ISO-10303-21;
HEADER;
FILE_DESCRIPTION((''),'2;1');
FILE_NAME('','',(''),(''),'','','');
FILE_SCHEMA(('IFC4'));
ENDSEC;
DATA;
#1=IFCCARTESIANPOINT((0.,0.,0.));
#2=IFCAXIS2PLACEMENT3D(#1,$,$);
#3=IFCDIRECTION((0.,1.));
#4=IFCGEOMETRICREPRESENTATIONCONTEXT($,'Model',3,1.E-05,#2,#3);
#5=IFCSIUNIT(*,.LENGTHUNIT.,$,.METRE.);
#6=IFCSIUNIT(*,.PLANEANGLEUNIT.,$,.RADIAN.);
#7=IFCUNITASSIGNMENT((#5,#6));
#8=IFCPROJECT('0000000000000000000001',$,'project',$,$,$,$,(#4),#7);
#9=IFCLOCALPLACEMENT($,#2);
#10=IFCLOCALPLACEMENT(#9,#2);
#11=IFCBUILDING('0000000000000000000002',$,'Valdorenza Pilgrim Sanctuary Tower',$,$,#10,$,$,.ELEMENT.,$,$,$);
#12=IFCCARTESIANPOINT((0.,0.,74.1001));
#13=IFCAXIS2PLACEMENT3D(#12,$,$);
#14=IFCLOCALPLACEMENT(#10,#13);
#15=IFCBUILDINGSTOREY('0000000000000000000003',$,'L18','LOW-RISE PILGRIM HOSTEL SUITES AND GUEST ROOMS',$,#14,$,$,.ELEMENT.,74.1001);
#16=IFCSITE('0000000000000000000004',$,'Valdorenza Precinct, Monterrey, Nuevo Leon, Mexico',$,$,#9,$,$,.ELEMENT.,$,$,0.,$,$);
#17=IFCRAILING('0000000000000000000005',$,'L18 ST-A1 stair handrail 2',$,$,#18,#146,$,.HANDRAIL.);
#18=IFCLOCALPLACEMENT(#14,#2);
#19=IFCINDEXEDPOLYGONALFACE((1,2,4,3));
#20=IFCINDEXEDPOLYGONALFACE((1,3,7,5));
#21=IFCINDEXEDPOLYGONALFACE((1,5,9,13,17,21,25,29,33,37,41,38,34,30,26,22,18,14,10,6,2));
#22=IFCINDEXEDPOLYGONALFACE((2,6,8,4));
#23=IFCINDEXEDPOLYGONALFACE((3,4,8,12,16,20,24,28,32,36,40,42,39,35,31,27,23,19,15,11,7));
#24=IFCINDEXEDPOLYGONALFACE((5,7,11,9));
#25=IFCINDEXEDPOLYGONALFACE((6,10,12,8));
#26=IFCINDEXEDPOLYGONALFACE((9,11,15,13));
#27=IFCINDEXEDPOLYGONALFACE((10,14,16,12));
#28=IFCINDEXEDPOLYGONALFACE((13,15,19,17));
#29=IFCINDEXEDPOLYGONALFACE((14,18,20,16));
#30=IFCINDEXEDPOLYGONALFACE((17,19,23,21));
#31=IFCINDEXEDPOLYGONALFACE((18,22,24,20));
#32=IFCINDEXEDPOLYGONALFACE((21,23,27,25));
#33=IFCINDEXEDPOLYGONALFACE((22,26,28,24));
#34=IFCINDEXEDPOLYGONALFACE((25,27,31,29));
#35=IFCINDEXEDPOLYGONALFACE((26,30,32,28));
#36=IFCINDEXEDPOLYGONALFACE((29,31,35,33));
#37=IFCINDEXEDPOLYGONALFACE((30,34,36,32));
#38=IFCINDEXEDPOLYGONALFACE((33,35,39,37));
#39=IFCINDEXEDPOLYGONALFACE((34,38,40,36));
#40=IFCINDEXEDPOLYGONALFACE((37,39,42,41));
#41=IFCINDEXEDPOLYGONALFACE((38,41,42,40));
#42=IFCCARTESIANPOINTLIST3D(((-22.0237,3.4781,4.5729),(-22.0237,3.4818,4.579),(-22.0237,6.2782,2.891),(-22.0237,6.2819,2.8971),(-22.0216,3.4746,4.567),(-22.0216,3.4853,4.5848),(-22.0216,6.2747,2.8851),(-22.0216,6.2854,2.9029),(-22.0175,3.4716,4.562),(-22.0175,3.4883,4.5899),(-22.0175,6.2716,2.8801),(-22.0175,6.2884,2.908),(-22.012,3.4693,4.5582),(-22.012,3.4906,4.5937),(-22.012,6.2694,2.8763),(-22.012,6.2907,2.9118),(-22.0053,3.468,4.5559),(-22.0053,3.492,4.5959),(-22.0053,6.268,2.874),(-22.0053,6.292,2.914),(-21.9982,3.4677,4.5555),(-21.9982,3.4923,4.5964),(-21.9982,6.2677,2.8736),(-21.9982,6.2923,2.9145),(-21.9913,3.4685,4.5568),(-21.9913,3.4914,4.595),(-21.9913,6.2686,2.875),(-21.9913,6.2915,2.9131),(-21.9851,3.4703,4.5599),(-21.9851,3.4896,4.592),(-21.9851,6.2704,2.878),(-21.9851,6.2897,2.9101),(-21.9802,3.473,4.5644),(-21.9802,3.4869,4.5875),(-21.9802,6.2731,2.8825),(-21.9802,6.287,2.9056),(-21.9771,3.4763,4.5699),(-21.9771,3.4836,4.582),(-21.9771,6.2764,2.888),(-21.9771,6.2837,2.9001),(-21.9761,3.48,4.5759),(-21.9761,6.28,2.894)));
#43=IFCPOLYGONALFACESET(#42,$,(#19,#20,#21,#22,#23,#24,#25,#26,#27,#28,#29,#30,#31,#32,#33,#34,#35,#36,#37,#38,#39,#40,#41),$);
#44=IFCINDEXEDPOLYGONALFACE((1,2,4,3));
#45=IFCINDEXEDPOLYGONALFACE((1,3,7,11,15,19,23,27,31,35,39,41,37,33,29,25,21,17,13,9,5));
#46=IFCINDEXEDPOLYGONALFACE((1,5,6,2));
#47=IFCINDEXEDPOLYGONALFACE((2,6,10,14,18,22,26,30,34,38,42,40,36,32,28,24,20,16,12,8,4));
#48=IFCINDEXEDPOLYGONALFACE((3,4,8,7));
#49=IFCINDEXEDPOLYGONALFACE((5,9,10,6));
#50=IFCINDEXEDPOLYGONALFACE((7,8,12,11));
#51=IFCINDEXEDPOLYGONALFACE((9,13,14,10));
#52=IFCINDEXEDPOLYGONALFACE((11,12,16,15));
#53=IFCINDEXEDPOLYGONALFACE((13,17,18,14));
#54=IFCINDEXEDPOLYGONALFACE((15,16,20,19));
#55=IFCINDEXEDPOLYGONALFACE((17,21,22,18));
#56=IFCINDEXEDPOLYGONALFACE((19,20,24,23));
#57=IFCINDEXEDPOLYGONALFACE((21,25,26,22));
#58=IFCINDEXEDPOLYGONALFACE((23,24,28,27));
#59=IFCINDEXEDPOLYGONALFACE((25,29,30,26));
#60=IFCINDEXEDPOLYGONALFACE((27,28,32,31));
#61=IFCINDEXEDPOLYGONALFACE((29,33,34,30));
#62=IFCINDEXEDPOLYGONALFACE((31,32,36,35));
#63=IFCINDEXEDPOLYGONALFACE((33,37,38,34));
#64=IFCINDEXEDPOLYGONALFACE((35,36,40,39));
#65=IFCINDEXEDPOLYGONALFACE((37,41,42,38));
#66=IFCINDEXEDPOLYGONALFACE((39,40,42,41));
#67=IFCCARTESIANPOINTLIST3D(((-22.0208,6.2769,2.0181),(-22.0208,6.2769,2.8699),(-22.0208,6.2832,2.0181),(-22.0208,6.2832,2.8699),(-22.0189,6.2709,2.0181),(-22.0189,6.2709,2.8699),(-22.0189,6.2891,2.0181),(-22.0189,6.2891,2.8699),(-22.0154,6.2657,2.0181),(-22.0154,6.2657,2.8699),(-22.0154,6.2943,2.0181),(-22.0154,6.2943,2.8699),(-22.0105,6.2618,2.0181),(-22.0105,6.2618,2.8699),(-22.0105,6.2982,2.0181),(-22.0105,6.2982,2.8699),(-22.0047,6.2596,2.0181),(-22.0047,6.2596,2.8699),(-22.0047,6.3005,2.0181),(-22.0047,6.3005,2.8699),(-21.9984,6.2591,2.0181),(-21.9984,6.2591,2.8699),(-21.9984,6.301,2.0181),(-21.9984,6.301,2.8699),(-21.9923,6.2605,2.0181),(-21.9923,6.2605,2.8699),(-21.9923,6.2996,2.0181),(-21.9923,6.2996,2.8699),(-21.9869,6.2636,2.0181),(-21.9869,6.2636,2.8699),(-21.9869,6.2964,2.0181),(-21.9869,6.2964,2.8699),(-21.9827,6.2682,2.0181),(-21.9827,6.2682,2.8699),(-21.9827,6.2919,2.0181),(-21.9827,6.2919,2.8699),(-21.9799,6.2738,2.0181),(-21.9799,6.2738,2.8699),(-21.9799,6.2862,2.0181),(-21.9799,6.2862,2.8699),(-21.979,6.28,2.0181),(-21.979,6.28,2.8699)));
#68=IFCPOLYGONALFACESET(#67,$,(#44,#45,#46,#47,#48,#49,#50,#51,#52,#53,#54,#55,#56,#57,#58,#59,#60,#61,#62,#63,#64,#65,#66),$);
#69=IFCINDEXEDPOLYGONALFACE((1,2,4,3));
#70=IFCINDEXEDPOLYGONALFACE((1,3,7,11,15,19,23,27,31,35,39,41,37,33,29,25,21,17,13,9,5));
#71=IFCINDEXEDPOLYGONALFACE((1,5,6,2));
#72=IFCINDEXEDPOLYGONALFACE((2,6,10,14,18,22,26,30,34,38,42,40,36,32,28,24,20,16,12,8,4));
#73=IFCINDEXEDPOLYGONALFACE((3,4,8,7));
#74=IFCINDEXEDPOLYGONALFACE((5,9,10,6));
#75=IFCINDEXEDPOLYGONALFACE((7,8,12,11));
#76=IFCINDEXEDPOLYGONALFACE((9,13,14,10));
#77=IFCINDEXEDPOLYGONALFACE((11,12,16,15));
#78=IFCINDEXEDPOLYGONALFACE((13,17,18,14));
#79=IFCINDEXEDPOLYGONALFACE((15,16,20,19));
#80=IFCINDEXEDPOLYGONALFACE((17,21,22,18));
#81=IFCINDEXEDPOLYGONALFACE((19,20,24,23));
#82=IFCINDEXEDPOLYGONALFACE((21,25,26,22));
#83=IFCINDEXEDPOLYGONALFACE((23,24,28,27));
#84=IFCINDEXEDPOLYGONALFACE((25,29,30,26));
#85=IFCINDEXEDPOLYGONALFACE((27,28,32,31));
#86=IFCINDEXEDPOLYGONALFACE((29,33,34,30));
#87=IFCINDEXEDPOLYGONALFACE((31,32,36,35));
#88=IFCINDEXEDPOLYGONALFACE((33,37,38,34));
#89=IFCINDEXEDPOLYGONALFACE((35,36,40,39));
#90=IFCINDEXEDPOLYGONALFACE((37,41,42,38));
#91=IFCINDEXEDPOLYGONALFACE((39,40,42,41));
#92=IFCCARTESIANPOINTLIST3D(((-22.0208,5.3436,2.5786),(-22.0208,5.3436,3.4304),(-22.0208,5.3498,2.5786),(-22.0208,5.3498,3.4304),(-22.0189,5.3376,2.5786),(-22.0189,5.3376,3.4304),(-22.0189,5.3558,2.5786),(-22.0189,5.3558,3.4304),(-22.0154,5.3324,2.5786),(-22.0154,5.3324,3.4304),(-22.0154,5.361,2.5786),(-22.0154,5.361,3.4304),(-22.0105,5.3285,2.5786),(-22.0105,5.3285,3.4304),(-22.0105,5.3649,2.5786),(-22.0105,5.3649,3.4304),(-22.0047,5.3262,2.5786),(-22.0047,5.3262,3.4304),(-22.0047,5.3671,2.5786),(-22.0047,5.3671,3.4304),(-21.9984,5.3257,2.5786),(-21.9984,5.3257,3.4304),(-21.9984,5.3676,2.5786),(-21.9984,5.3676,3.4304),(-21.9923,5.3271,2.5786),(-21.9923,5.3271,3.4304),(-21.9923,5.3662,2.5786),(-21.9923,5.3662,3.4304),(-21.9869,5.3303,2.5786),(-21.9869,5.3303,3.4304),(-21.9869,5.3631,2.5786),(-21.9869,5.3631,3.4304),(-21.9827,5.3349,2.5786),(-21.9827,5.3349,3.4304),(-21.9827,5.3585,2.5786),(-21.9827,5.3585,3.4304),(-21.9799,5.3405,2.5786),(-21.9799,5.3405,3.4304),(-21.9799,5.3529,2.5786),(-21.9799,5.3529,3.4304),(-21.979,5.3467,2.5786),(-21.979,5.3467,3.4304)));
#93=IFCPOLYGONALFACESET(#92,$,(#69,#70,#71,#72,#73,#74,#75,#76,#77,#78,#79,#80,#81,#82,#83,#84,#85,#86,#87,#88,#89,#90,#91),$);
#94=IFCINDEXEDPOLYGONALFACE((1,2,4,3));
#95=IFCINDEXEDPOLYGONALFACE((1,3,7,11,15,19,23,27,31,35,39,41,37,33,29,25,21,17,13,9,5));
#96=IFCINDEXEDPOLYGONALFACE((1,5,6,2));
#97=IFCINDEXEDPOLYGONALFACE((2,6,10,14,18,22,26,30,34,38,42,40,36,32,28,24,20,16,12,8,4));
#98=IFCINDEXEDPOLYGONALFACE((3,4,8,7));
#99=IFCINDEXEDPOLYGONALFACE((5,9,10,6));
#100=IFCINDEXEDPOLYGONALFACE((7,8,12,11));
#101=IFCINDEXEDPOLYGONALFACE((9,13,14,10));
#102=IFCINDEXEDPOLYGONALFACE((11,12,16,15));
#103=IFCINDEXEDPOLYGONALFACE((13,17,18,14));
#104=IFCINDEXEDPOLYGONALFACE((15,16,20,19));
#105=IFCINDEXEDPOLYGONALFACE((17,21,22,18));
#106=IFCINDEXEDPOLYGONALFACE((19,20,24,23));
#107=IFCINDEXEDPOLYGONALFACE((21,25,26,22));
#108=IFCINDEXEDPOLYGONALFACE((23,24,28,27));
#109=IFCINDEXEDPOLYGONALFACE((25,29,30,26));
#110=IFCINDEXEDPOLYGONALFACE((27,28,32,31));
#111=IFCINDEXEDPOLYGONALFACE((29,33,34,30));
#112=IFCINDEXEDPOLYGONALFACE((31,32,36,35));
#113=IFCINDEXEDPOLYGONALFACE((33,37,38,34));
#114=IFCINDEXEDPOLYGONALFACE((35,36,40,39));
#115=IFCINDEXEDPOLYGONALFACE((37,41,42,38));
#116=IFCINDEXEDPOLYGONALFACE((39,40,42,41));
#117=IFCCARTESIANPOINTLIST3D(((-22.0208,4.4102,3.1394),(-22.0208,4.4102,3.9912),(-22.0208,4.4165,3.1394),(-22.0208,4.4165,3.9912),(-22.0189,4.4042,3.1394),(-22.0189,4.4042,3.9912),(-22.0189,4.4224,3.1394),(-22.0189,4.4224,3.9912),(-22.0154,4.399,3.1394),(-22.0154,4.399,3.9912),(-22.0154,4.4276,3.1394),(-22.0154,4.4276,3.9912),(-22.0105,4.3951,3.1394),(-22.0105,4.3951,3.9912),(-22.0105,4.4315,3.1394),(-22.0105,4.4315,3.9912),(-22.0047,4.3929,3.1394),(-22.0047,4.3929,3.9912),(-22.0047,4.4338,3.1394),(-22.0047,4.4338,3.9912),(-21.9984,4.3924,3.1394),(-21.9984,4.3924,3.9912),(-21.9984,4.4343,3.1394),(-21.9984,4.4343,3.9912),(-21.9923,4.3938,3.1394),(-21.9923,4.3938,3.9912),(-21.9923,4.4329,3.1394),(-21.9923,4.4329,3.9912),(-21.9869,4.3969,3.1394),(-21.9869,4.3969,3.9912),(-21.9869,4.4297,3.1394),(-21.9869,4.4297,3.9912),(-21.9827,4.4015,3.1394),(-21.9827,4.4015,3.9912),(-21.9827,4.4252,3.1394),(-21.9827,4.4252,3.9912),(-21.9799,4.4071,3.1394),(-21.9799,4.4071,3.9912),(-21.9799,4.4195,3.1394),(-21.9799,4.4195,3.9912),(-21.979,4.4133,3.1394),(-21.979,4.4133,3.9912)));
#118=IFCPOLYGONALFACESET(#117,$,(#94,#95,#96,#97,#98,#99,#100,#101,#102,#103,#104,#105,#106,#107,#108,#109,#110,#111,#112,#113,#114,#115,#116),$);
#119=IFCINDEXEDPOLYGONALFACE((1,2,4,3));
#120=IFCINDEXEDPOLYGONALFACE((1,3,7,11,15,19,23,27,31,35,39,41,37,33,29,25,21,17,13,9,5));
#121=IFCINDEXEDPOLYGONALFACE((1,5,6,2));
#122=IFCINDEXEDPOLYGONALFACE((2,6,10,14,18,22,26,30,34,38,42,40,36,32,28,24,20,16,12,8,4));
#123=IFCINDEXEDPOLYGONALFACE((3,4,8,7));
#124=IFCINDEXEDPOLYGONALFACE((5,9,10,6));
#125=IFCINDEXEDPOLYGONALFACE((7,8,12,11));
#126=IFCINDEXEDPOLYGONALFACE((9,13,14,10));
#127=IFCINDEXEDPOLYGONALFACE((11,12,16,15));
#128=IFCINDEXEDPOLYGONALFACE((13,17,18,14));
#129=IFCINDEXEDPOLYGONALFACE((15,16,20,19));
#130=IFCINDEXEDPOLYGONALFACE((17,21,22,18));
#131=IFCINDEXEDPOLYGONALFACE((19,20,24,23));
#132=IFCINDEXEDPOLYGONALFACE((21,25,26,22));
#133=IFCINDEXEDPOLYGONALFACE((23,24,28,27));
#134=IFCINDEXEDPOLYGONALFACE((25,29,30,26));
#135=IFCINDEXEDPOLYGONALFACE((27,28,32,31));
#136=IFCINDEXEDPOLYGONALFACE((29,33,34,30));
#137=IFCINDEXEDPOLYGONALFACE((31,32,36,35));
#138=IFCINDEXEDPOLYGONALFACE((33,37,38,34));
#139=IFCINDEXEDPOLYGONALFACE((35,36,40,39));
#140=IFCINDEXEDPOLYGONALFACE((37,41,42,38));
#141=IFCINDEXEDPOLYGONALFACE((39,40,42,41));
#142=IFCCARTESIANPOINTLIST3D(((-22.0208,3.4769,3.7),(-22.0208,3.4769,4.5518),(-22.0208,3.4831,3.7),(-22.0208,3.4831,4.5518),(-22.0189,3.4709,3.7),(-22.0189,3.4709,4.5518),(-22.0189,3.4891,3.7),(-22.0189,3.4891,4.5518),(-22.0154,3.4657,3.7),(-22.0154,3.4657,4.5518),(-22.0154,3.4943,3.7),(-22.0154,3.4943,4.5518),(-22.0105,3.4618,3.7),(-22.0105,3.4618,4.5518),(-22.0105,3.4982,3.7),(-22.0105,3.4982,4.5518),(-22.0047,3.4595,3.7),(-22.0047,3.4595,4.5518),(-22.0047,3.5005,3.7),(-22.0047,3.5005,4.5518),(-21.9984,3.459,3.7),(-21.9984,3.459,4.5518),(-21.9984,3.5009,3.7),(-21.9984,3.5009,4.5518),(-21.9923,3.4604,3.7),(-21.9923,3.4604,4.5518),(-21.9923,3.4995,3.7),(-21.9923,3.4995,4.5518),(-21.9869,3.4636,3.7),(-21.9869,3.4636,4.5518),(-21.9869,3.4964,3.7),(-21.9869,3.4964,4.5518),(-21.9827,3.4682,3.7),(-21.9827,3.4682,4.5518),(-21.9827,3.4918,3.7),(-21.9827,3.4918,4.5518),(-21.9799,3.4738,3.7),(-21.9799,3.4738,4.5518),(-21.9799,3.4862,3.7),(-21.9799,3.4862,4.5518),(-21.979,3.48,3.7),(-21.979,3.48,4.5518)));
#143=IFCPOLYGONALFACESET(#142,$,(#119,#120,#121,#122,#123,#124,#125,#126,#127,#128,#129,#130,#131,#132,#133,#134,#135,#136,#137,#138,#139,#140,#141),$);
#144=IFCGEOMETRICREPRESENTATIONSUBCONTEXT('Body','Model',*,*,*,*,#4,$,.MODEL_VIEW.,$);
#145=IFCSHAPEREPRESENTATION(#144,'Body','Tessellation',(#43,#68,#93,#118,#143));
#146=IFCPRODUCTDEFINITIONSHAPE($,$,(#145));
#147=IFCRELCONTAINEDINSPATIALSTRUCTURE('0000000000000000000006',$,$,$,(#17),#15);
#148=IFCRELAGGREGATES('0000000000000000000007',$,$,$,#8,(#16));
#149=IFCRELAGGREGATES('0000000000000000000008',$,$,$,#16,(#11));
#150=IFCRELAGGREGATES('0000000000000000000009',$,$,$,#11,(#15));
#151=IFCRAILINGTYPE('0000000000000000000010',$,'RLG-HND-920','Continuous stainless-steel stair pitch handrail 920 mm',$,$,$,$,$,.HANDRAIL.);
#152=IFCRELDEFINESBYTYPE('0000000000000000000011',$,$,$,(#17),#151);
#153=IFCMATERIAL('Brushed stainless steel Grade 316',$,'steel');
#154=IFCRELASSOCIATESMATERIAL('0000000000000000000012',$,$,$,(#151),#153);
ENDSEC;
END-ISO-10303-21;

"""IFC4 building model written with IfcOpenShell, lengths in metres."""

from ifc_helpers import new_model, si_unit, direction, frame, origin, origin_2d, place, context, subcontext, project, spatial, circle, extrude, material, type_object, element, save


model = new_model("IFC4")

# Units and contexts
model_context = context("Model", 3, precision=1e-05, world=origin(), true_north=direction((0.0, 1.0)))
body_context = subcontext(model_context, "Body", "Model", "MODEL_VIEW")
ifc_project = project(units=[si_unit("LENGTHUNIT", "METRE"), si_unit("PLANEANGLEUNIT", "RADIAN")], contexts=[model_context])

# Site, building, storey
site_placement = place(None, origin())
site = spatial("IfcSite", under=ifc_project, at=site_placement, Name="Valdorenza Precinct, Monterrey, Nuevo Leon, Mexico", CompositionType="ELEMENT", RefElevation=0.0)
building_placement = place(site_placement, origin())
building = spatial("IfcBuilding", under=site, at=building_placement, Name="Valdorenza Pilgrim Sanctuary Tower", CompositionType="ELEMENT")
storey_placement = place(building_placement, frame((0.0, 0.0, 74.1001)))
storey = spatial("IfcBuildingStorey", under=building, at=storey_placement, Name="L18", Description="LOW-RISE PILGRIM HOSTEL SUITES AND GUEST ROOMS", CompositionType="ELEMENT", Elevation=74.1001)

# Shared definitions
ifc_material_1 = material(Name="Brushed stainless steel Grade 316", Category="steel")

# Railing
railing_type_1 = type_object("IfcRailingType", Name="RLG-HND-920", Description="Continuous stainless-steel stair pitch handrail 920 mm", PredefinedType="HANDRAIL", material=ifc_material_1)
railing_1_placement = place(storey_placement, frame((-22.0, 6.28, 2.0181)))
element("IfcRailing", 1, at=railing_1_placement, inside=storey, type_object=railing_type_1, Name="L18 ST-A1 stair handrail 2", PredefinedType="HANDRAIL", context=body_context, shape_type="SweptSolid", body=[
    extrude(circle(Radius=0.0239, at=origin_2d()), frame((0.0, 0.0, 0.876), z_axis=(0.0, -0.857242, 0.514913), x_axis=(1.0, 0.0, 0.0)), (0.0, 0.0, 1.0), 3.2664),
    extrude(circle(Radius=0.021, at=origin_2d()), origin(), (0.0, 0.0, 1.0), 0.8518),
    extrude(circle(Radius=0.021, at=origin_2d()), frame((0.0, -0.9333, 0.5605)), (0.0, 0.0, 1.0), 0.8518),
    extrude(circle(Radius=0.021, at=origin_2d()), frame((0.0, -1.8667, 1.1213)), (0.0, 0.0, 1.0), 0.8518),
    extrude(circle(Radius=0.021, at=origin_2d()), frame((0.0, -2.8, 1.6819)), (0.0, 0.0, 1.0), 0.8518),
])

save(model, "model.ifc")
